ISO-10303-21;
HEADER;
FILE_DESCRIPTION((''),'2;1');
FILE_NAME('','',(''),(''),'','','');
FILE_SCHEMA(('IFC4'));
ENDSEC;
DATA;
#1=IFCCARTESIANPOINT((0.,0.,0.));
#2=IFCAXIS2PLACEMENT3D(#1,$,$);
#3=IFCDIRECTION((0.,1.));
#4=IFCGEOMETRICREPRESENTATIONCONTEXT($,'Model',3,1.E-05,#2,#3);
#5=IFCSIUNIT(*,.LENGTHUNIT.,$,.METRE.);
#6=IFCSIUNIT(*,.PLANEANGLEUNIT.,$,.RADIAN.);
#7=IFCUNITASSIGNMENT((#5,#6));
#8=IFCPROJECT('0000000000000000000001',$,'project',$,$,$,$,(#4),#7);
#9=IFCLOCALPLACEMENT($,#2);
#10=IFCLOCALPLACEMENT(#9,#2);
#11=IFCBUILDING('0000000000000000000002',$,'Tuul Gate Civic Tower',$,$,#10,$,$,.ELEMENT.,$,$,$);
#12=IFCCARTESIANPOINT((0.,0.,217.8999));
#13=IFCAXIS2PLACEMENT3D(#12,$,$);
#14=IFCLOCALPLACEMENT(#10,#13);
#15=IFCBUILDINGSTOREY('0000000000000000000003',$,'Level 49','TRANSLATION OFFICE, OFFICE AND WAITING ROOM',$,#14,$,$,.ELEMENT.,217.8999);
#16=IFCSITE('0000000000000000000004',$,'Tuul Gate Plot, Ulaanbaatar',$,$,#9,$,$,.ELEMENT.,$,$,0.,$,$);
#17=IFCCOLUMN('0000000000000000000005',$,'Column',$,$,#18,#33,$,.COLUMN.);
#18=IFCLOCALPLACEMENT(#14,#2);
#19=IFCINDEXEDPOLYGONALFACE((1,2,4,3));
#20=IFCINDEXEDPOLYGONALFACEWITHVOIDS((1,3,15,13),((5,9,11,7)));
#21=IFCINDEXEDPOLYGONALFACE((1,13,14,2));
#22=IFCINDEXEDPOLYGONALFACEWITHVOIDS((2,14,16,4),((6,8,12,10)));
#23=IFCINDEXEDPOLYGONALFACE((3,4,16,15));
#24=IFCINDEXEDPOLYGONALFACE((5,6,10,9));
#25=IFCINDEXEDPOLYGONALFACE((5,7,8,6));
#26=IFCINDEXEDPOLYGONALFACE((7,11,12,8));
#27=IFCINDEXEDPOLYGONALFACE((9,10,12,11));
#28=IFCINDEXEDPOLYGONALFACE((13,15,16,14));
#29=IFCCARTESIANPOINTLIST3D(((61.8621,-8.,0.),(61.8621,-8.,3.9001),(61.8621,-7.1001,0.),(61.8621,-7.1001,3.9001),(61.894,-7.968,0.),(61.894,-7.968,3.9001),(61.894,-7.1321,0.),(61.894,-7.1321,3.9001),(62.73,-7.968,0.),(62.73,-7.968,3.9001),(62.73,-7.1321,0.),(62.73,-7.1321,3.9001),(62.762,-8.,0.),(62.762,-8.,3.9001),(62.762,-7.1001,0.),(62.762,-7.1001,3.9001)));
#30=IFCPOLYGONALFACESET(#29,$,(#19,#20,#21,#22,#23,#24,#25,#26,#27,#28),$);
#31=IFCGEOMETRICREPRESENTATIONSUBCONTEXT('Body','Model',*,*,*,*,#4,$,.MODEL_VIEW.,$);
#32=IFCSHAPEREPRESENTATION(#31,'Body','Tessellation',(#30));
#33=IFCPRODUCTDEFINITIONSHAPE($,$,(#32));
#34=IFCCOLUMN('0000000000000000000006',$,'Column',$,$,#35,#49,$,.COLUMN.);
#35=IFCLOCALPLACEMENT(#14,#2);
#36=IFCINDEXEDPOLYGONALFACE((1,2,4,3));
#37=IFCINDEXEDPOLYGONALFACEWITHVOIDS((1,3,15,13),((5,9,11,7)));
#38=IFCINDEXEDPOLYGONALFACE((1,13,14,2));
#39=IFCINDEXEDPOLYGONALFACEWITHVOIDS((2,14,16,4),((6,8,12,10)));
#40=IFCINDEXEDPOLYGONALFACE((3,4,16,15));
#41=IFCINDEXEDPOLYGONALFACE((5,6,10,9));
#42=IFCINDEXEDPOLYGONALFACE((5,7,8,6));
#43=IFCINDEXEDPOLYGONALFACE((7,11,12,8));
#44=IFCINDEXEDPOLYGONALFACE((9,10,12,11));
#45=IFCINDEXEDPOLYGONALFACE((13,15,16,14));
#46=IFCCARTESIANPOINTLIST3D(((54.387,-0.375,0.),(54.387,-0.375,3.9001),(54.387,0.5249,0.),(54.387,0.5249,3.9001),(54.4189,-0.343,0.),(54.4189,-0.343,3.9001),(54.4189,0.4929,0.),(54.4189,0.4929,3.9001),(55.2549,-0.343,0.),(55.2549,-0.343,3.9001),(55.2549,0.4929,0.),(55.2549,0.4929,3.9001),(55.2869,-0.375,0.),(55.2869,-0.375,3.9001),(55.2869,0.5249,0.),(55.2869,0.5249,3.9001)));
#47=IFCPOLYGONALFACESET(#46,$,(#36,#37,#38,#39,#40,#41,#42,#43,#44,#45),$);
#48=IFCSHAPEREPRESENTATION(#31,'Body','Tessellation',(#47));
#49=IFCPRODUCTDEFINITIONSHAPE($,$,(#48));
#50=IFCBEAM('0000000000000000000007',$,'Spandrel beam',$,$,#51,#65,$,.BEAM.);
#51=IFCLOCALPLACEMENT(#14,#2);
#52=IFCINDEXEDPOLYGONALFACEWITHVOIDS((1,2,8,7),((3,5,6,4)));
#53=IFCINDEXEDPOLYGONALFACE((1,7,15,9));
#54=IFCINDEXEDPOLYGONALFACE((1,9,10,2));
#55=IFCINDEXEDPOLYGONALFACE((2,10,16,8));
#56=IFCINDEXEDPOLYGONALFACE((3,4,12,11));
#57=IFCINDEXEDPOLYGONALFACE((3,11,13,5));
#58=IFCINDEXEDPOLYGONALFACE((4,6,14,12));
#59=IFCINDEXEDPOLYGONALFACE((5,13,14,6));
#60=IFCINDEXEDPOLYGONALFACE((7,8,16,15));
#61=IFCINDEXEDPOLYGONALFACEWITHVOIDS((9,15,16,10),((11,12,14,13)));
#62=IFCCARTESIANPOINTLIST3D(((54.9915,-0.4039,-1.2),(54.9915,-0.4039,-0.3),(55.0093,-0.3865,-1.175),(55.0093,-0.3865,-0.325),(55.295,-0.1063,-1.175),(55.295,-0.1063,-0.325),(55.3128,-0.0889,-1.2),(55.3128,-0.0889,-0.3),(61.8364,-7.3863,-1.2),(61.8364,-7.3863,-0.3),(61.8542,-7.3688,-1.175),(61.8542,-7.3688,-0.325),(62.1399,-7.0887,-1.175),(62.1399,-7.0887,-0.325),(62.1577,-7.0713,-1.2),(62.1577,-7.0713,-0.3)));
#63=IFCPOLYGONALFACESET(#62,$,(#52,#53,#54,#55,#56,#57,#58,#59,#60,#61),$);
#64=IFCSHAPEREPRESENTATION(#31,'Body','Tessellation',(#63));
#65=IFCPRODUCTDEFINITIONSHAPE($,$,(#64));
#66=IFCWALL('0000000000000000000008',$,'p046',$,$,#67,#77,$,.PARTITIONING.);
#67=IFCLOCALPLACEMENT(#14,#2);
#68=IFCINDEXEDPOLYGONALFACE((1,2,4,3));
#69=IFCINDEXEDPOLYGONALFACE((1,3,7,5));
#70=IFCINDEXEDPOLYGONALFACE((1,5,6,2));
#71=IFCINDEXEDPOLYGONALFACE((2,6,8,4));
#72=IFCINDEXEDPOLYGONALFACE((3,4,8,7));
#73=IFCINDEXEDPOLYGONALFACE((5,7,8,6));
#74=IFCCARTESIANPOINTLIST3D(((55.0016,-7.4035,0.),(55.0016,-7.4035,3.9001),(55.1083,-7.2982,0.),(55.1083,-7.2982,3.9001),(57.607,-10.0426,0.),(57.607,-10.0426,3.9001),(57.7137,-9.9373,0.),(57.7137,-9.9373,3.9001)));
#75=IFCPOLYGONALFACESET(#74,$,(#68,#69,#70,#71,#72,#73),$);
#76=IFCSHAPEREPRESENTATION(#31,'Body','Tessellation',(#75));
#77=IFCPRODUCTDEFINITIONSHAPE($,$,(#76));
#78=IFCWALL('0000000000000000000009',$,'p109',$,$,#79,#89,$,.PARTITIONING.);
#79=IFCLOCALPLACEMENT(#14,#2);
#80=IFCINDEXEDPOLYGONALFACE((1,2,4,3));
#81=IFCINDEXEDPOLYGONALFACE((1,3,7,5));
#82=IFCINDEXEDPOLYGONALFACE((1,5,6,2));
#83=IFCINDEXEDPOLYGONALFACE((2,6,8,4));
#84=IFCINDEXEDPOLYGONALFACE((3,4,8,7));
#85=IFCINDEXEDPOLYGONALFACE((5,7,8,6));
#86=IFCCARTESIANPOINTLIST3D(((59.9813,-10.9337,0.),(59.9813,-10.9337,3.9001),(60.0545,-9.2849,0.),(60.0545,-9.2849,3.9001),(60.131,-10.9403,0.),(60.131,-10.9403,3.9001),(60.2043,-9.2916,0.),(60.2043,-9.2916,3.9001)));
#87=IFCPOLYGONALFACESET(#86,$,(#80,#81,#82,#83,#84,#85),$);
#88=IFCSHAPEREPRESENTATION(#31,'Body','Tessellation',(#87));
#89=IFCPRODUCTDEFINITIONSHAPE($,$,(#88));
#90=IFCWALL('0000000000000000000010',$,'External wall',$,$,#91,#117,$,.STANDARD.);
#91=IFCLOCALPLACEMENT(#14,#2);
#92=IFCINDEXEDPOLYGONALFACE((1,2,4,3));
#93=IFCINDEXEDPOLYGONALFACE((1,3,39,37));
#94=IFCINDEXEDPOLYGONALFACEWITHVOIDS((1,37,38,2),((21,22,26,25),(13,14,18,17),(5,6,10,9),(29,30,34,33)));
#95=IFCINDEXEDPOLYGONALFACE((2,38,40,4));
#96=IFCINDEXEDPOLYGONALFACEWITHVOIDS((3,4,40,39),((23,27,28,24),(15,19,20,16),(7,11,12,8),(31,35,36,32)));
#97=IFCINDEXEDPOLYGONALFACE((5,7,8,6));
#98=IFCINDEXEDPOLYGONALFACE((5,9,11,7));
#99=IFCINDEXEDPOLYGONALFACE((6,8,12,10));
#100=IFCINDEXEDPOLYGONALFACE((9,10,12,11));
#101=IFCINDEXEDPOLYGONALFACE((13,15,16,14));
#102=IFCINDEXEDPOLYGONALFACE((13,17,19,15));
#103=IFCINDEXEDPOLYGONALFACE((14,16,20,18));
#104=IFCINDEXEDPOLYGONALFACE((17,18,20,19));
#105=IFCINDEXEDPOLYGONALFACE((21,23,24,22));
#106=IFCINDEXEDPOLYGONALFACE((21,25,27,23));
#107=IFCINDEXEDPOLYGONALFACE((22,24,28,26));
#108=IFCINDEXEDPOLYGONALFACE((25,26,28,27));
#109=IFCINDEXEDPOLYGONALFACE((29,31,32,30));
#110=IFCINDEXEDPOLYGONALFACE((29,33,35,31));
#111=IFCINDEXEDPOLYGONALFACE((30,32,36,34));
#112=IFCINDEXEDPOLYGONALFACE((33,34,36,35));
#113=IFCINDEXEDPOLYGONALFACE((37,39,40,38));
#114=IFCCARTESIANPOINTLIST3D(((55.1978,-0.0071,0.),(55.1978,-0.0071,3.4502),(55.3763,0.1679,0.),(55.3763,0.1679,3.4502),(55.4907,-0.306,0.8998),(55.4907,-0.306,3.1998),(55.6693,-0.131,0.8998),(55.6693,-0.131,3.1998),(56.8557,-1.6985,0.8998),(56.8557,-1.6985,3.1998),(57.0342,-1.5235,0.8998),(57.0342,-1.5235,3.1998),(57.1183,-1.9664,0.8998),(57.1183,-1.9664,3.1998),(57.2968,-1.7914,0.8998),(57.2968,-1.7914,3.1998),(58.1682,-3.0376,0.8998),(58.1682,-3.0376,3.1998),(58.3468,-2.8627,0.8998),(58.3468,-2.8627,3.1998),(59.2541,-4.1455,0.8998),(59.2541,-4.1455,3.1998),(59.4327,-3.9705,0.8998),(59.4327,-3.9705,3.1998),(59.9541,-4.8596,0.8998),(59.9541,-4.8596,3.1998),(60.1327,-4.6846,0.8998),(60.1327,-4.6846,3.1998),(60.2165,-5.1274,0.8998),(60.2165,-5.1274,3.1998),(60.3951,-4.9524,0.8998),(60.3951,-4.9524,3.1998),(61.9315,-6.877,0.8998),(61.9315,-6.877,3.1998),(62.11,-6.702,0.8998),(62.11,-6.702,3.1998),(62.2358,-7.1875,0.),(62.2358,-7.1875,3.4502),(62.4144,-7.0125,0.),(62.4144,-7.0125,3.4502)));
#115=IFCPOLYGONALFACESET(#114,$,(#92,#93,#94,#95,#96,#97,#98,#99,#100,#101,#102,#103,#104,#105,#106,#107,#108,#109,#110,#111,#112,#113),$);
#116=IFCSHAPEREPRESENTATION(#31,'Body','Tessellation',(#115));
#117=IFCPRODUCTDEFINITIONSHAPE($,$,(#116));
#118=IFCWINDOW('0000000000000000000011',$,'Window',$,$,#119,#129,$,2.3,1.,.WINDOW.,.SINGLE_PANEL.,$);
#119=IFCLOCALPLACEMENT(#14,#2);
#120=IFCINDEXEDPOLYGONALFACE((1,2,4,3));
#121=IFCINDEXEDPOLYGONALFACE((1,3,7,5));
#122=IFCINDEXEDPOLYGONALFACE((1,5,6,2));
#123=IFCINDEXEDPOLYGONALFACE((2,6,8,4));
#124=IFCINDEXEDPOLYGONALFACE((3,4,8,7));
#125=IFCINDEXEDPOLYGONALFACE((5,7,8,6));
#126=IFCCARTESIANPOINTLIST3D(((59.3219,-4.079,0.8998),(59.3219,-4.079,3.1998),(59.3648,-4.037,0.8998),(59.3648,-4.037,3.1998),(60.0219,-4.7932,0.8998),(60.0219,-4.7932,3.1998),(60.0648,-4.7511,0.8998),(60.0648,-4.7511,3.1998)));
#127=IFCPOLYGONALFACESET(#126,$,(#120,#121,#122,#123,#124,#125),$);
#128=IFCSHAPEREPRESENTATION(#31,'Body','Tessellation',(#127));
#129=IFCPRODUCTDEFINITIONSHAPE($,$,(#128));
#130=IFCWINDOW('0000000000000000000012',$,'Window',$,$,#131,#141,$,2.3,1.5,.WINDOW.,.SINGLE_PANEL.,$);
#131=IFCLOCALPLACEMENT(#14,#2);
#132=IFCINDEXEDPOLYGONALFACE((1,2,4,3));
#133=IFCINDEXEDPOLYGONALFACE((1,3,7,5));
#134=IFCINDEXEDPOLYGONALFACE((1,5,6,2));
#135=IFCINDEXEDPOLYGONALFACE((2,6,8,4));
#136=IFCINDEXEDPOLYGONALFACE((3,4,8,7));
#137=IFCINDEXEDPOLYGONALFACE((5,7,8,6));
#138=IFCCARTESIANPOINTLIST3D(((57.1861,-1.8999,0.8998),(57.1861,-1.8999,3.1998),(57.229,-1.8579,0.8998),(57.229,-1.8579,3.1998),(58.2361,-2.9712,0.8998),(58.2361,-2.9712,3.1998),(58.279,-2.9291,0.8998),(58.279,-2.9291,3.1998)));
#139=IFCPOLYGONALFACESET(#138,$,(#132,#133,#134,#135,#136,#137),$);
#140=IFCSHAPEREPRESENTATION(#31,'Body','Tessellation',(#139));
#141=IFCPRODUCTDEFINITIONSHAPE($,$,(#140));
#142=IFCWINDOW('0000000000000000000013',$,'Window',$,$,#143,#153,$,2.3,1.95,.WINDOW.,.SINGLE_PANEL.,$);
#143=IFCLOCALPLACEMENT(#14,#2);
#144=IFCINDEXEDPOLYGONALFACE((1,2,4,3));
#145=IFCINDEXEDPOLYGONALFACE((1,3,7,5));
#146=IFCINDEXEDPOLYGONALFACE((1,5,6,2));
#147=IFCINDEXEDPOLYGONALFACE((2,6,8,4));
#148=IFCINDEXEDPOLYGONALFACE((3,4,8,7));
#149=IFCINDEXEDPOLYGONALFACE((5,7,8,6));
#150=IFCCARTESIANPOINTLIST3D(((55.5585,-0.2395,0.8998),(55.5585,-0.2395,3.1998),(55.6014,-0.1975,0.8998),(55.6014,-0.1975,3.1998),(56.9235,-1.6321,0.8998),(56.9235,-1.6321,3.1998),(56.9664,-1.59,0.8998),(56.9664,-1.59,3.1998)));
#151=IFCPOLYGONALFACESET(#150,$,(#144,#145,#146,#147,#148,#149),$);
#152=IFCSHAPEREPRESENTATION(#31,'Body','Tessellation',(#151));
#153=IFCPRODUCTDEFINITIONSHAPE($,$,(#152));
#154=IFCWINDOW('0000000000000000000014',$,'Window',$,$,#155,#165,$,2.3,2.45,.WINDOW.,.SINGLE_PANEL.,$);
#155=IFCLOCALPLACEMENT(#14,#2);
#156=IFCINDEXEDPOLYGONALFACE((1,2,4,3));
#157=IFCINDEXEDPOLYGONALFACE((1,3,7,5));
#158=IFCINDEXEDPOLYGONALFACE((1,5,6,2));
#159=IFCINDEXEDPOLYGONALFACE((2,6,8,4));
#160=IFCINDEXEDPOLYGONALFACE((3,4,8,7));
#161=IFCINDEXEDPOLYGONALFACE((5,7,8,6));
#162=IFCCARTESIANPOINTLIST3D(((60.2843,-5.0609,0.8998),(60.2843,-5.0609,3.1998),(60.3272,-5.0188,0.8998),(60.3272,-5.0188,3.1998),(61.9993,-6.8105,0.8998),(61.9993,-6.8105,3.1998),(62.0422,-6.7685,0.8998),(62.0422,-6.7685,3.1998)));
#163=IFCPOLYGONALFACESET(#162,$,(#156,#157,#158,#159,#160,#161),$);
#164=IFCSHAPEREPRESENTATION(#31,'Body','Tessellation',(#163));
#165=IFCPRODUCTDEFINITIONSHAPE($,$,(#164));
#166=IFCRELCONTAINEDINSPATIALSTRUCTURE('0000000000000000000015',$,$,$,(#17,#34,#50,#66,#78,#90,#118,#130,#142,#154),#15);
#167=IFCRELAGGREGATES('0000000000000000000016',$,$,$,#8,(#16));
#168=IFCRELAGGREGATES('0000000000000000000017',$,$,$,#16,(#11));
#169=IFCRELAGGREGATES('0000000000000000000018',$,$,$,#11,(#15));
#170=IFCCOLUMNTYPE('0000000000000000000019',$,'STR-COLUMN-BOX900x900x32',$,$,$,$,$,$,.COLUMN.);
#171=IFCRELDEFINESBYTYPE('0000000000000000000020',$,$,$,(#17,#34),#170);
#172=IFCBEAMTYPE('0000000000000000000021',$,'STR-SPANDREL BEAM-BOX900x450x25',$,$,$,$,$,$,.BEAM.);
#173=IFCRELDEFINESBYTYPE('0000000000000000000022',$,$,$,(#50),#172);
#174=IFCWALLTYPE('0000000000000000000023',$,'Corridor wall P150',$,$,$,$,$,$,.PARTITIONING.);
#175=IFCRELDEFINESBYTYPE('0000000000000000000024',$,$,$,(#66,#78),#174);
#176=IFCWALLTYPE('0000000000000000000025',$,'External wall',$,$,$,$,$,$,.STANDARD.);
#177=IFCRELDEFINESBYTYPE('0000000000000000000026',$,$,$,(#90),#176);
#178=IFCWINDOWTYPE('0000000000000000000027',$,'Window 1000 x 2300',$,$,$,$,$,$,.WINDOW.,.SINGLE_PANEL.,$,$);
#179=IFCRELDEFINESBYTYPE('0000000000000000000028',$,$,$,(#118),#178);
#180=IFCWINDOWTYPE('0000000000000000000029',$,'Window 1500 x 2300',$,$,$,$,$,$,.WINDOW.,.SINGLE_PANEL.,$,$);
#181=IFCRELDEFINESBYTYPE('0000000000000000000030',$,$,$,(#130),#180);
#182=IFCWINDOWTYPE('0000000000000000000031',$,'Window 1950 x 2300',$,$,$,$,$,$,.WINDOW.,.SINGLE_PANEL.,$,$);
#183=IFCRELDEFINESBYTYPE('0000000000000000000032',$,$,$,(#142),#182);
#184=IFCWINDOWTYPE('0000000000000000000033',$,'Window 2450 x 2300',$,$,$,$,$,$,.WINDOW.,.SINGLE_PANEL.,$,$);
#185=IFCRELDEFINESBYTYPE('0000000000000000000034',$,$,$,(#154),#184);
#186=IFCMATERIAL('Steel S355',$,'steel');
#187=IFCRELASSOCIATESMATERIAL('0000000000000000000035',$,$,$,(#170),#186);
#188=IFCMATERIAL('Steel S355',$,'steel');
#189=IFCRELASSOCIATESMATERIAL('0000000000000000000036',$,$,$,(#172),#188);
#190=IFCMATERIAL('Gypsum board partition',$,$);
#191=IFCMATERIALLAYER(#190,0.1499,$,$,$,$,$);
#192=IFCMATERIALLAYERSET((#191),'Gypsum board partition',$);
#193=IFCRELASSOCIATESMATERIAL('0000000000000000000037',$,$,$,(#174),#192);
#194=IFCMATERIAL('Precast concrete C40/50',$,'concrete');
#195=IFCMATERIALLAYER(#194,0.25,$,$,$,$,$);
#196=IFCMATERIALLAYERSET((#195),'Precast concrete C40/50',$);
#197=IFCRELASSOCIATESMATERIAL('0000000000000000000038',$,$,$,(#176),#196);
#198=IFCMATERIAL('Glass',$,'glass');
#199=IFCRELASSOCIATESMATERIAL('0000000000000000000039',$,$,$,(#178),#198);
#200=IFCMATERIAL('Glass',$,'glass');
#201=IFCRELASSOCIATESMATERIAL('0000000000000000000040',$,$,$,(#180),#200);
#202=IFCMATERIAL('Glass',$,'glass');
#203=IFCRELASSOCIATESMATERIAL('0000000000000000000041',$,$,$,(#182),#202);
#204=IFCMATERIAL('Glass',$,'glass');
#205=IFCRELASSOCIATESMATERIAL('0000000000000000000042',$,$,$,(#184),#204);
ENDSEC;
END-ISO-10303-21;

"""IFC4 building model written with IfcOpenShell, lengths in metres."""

from ifc_helpers import new_model, si_unit, direction, frame, frame_2d, origin, origin_2d, place, context, subcontext, project, spatial, rectangle, hollow_rectangle, extrude, material, layer, layer_set, material_profile, profile_set, type_object, element, fill, save


model = new_model("IFC4")

# Units and contexts
model_context = context("Model", 3, precision=1e-05, world=origin(), true_north=direction((0.0, 1.0)))
body_context = subcontext(model_context, "Body", "Model", "MODEL_VIEW")
ifc_project = project(units=[si_unit("LENGTHUNIT", "METRE"), si_unit("PLANEANGLEUNIT", "RADIAN")], contexts=[model_context])

# Site, building, storey
site_placement = place(None, origin())
site = spatial("IfcSite", under=ifc_project, at=site_placement, Name="Tuul Gate Plot, Ulaanbaatar", CompositionType="ELEMENT", RefElevation=0.0)
building_placement = place(site_placement, origin())
building = spatial("IfcBuilding", under=site, at=building_placement, Name="Tuul Gate Civic Tower", CompositionType="ELEMENT")
storey_placement = place(building_placement, frame((0.0, 0.0, 217.8999)))
storey = spatial("IfcBuildingStorey", under=building, at=storey_placement, Name="Level 49", Description="TRANSLATION OFFICE, OFFICE AND WAITING ROOM", CompositionType="ELEMENT", Elevation=217.8999)

# Columns
ifc_material_1 = material(Name="Steel S355", Category="steel")
ifc_material_profile_1 = material_profile(ifc_material_1, hollow_rectangle(XDim=0.8999, YDim=0.8999, WallThickness=0.032, at=origin_2d()), Name="BOX900x900x32")
ifc_profile_set_1 = profile_set([ifc_material_profile_1], Name="Steel S355")
column_type = type_object("IfcColumnType", Name="STR-COLUMN-BOX900x900x32", PredefinedType="COLUMN", material=ifc_profile_set_1)
for number, where, z_axis, x_axis, name in (
    (1, (62.312, -7.55, 0.0), (0.0, 0.0, 1.0), (1.0, 0.0, 0.0), "Column"),
    (2, (54.8369, 0.075, 0.0), (0.0, 0.0, 1.0), (1.0, 0.0, 0.0), "Column"),
):
    element("IfcColumn", number, at=place(storey_placement, frame(where, z_axis=z_axis, x_axis=x_axis)), inside=storey, type_object=column_type, Name=name, PredefinedType="COLUMN", context=body_context, shape_type="SweptSolid", body=[
        extrude(hollow_rectangle(XDim=0.8999, YDim=0.8999, WallThickness=0.032, at=origin_2d()), origin(), (0.0, 0.0, 1.0), 3.9001),
    ])

# Beam
ifc_material_2 = material(Name="Steel S355", Category="steel")
ifc_material_profile_2 = material_profile(ifc_material_2, hollow_rectangle(XDim=0.45, YDim=0.8999, WallThickness=0.0249, at=origin_2d()), Name="BOX900x450x25")
ifc_profile_set_2 = profile_set([ifc_material_profile_2], Name="Steel S355")
beam_type = type_object("IfcBeamType", Name="STR-SPANDREL BEAM-BOX900x450x25", PredefinedType="BEAM", material=ifc_profile_set_2)
beam_placement = place(storey_placement, frame((61.9971, -7.2288, -0.75), z_axis=(-0.700043, 0.7141, 0.0), x_axis=(-0.7141, -0.700043, 0.0)))
element("IfcBeam", 3, at=beam_placement, inside=storey, type_object=beam_type, Name="Spandrel beam", PredefinedType="BEAM", context=body_context, shape_type="SweptSolid", body=[
    extrude(hollow_rectangle(XDim=0.45, YDim=0.8999, WallThickness=0.0249, at=origin_2d()), origin(), (0.0, 0.0, 1.0), 9.7778),
])

# Walls
ifc_material_3 = material(Name="Gypsum board partition")
ifc_layer_1 = layer(ifc_material_3, 0.1499)
ifc_layer_set_1 = layer_set([ifc_layer_1], Name="Gypsum board partition")
wall_type_1 = type_object("IfcWallType", Name="Corridor wall P150", PredefinedType="PARTITIONING", material=ifc_layer_set_1)
wall_1_placement = place(storey_placement, frame((55.0549, -7.3508, 0.0), z_axis=(0.0, 0.0, 1.0), x_axis=(0.70255, -0.711635, 0.0)))
element("IfcWall", 4, at=wall_1_placement, inside=storey, type_object=wall_type_1, Name="p046", PredefinedType="PARTITIONING", context=body_context, shape_type="SweptSolid", body=[
    extrude(rectangle(XDim=3.7085, YDim=0.1499, at=frame_2d((1.8542, 0.0))), origin(), (0.0, 0.0, 1.0), 3.9001),
])
wall_2_placement = place(storey_placement, frame((60.0562, -10.937, 0.0), z_axis=(0.0, 0.0, 1.0), x_axis=(0.044381, 0.999015, 0.0)))
element("IfcWall", 5, at=wall_2_placement, inside=storey, type_object=wall_type_1, Name="p109", PredefinedType="PARTITIONING", context=body_context, shape_type="SweptSolid", body=[
    extrude(rectangle(XDim=1.6504, YDim=0.1499, at=frame_2d((0.8252, 0.0))), origin(), (0.0, 0.0, 1.0), 3.9001),
])

# Wall, openings, windows
ifc_material_4 = material(Name="Precast concrete C40/50", Category="concrete")
ifc_layer_2 = layer(ifc_material_4, 0.25)
ifc_layer_set_2 = layer_set([ifc_layer_2], Name="Precast concrete C40/50")
wall_type_2 = type_object("IfcWallType", Name="External wall", PredefinedType="STANDARD", material=ifc_layer_set_2)
wall_3_placement = place(storey_placement, frame((62.3252, -7.1001, 0.0), z_axis=(0.0, 0.0, 1.0), x_axis=(-0.699993, 0.714149, 0.0)))
wall_3 = element("IfcWall", 6, at=wall_3_placement, inside=storey, type_object=wall_type_2, Name="External wall", PredefinedType="STANDARD", context=body_context, shape_type="SweptSolid", body=[
    extrude(rectangle(XDim=10.0544, YDim=0.25, at=frame_2d((5.0273, 0.0))), origin(), (0.0, 0.0, 1.0), 3.4502),
])
opening_1_placement = place(wall_3_placement, frame((0.4348, 0.0, 0.8999)))
opening_1 = element("IfcOpeningElement", 7, at=opening_1_placement, cuts=wall_3, PredefinedType="OPENING", context=body_context, shape_type="SweptSolid", body=[
    extrude(rectangle(XDim=2.45, YDim=2.3, at=frame_2d((1.2251, 1.1499))), frame((0.0, 0.135, 0.0), z_axis=(0.0, -1.0, 0.0), x_axis=(1.0, 0.0, 0.0)), (0.0, 0.0, 1.0), 0.27),
])
opening_2_placement = place(wall_3_placement, frame((3.2598, 0.0, 0.8999)))
opening_2 = element("IfcOpeningElement", 8, at=opening_2_placement, cuts=wall_3, PredefinedType="OPENING", context=body_context, shape_type="SweptSolid", body=[
    extrude(rectangle(XDim=1.0, YDim=2.3, at=frame_2d((0.5, 1.1499))), frame((0.0, 0.135, 0.0), z_axis=(0.0, -1.0, 0.0), x_axis=(1.0, 0.0, 0.0)), (0.0, 0.0, 1.0), 0.27),
])
opening_3_placement = place(wall_3_placement, frame((5.811, 0.0, 0.8999)))
opening_3 = element("IfcOpeningElement", 9, at=opening_3_placement, cuts=wall_3, PredefinedType="OPENING", context=body_context, shape_type="SweptSolid", body=[
    extrude(rectangle(XDim=1.5, YDim=2.3, at=frame_2d((0.75, 1.1499))), frame((0.0, 0.135, 0.0), z_axis=(0.0, -1.0, 0.0), x_axis=(1.0, 0.0, 0.0)), (0.0, 0.0, 1.0), 0.27),
])
opening_4_placement = place(wall_3_placement, frame((7.686, 0.0, 0.8999)))
opening_4 = element("IfcOpeningElement", 10, at=opening_4_placement, cuts=wall_3, PredefinedType="OPENING", context=body_context, shape_type="SweptSolid", body=[
    extrude(rectangle(XDim=1.95, YDim=2.3, at=frame_2d((0.9751, 1.1499))), frame((0.0, 0.135, 0.0), z_axis=(0.0, -1.0, 0.0), x_axis=(1.0, 0.0, 0.0)), (0.0, 0.0, 1.0), 0.27),
])
ifc_material_5 = material(Name="Glass", Category="glass")
window_type_1 = type_object("IfcWindowType", Name="Window 1000 x 2300", PartitioningType="SINGLE_PANEL", PredefinedType="WINDOW", material=ifc_material_5)
window_1_placement = place(opening_2_placement, origin())
window_1 = element("IfcWindow", 11, at=window_1_placement, inside=storey, type_object=window_type_1, Name="Window", OverallHeight=2.3, OverallWidth=1.0, PartitioningType="SINGLE_PANEL", PredefinedType="WINDOW", context=body_context, shape_type="SweptSolid", body=[
    extrude(rectangle(XDim=1.0, YDim=2.3, at=frame_2d((0.5, 1.1499))), frame((0.0, 0.03, 0.0), z_axis=(0.0, -1.0, 0.0), x_axis=(1.0, 0.0, 0.0)), (0.0, 0.0, 1.0), 0.0601),
])
fill(opening_2, window_1)
ifc_material_6 = material(Name="Glass", Category="glass")
window_type_2 = type_object("IfcWindowType", Name="Window 1500 x 2300", PartitioningType="SINGLE_PANEL", PredefinedType="WINDOW", material=ifc_material_6)
window_2_placement = place(opening_3_placement, origin())
window_2 = element("IfcWindow", 12, at=window_2_placement, inside=storey, type_object=window_type_2, Name="Window", OverallHeight=2.3, OverallWidth=1.5, PartitioningType="SINGLE_PANEL", PredefinedType="WINDOW", context=body_context, shape_type="SweptSolid", body=[
    extrude(rectangle(XDim=1.5, YDim=2.3, at=frame_2d((0.75, 1.1499))), frame((0.0, 0.03, 0.0), z_axis=(0.0, -1.0, 0.0), x_axis=(1.0, 0.0, 0.0)), (0.0, 0.0, 1.0), 0.0601),
])
fill(opening_3, window_2)
ifc_material_7 = material(Name="Glass", Category="glass")
window_type_3 = type_object("IfcWindowType", Name="Window 1950 x 2300", PartitioningType="SINGLE_PANEL", PredefinedType="WINDOW", material=ifc_material_7)
window_3_placement = place(opening_4_placement, origin())
window_3 = element("IfcWindow", 13, at=window_3_placement, inside=storey, type_object=window_type_3, Name="Window", OverallHeight=2.3, OverallWidth=1.95, PartitioningType="SINGLE_PANEL", PredefinedType="WINDOW", context=body_context, shape_type="SweptSolid", body=[
    extrude(rectangle(XDim=1.95, YDim=2.3, at=frame_2d((0.9751, 1.1499))), frame((0.0, 0.03, 0.0), z_axis=(0.0, -1.0, 0.0), x_axis=(1.0, 0.0, 0.0)), (0.0, 0.0, 1.0), 0.0601),
])
fill(opening_4, window_3)
ifc_material_8 = material(Name="Glass", Category="glass")
window_type_4 = type_object("IfcWindowType", Name="Window 2450 x 2300", PartitioningType="SINGLE_PANEL", PredefinedType="WINDOW", material=ifc_material_8)
window_4_placement = place(opening_1_placement, origin())
window_4 = element("IfcWindow", 14, at=window_4_placement, inside=storey, type_object=window_type_4, Name="Window", OverallHeight=2.3, OverallWidth=2.45, PartitioningType="SINGLE_PANEL", PredefinedType="WINDOW", context=body_context, shape_type="SweptSolid", body=[
    extrude(rectangle(XDim=2.45, YDim=2.3, at=frame_2d((1.2251, 1.1499))), frame((0.0, 0.03, 0.0), z_axis=(0.0, -1.0, 0.0), x_axis=(1.0, 0.0, 0.0)), (0.0, 0.0, 1.0), 0.0601),
])
fill(opening_1, window_4)

save(model, "model.ifc")
